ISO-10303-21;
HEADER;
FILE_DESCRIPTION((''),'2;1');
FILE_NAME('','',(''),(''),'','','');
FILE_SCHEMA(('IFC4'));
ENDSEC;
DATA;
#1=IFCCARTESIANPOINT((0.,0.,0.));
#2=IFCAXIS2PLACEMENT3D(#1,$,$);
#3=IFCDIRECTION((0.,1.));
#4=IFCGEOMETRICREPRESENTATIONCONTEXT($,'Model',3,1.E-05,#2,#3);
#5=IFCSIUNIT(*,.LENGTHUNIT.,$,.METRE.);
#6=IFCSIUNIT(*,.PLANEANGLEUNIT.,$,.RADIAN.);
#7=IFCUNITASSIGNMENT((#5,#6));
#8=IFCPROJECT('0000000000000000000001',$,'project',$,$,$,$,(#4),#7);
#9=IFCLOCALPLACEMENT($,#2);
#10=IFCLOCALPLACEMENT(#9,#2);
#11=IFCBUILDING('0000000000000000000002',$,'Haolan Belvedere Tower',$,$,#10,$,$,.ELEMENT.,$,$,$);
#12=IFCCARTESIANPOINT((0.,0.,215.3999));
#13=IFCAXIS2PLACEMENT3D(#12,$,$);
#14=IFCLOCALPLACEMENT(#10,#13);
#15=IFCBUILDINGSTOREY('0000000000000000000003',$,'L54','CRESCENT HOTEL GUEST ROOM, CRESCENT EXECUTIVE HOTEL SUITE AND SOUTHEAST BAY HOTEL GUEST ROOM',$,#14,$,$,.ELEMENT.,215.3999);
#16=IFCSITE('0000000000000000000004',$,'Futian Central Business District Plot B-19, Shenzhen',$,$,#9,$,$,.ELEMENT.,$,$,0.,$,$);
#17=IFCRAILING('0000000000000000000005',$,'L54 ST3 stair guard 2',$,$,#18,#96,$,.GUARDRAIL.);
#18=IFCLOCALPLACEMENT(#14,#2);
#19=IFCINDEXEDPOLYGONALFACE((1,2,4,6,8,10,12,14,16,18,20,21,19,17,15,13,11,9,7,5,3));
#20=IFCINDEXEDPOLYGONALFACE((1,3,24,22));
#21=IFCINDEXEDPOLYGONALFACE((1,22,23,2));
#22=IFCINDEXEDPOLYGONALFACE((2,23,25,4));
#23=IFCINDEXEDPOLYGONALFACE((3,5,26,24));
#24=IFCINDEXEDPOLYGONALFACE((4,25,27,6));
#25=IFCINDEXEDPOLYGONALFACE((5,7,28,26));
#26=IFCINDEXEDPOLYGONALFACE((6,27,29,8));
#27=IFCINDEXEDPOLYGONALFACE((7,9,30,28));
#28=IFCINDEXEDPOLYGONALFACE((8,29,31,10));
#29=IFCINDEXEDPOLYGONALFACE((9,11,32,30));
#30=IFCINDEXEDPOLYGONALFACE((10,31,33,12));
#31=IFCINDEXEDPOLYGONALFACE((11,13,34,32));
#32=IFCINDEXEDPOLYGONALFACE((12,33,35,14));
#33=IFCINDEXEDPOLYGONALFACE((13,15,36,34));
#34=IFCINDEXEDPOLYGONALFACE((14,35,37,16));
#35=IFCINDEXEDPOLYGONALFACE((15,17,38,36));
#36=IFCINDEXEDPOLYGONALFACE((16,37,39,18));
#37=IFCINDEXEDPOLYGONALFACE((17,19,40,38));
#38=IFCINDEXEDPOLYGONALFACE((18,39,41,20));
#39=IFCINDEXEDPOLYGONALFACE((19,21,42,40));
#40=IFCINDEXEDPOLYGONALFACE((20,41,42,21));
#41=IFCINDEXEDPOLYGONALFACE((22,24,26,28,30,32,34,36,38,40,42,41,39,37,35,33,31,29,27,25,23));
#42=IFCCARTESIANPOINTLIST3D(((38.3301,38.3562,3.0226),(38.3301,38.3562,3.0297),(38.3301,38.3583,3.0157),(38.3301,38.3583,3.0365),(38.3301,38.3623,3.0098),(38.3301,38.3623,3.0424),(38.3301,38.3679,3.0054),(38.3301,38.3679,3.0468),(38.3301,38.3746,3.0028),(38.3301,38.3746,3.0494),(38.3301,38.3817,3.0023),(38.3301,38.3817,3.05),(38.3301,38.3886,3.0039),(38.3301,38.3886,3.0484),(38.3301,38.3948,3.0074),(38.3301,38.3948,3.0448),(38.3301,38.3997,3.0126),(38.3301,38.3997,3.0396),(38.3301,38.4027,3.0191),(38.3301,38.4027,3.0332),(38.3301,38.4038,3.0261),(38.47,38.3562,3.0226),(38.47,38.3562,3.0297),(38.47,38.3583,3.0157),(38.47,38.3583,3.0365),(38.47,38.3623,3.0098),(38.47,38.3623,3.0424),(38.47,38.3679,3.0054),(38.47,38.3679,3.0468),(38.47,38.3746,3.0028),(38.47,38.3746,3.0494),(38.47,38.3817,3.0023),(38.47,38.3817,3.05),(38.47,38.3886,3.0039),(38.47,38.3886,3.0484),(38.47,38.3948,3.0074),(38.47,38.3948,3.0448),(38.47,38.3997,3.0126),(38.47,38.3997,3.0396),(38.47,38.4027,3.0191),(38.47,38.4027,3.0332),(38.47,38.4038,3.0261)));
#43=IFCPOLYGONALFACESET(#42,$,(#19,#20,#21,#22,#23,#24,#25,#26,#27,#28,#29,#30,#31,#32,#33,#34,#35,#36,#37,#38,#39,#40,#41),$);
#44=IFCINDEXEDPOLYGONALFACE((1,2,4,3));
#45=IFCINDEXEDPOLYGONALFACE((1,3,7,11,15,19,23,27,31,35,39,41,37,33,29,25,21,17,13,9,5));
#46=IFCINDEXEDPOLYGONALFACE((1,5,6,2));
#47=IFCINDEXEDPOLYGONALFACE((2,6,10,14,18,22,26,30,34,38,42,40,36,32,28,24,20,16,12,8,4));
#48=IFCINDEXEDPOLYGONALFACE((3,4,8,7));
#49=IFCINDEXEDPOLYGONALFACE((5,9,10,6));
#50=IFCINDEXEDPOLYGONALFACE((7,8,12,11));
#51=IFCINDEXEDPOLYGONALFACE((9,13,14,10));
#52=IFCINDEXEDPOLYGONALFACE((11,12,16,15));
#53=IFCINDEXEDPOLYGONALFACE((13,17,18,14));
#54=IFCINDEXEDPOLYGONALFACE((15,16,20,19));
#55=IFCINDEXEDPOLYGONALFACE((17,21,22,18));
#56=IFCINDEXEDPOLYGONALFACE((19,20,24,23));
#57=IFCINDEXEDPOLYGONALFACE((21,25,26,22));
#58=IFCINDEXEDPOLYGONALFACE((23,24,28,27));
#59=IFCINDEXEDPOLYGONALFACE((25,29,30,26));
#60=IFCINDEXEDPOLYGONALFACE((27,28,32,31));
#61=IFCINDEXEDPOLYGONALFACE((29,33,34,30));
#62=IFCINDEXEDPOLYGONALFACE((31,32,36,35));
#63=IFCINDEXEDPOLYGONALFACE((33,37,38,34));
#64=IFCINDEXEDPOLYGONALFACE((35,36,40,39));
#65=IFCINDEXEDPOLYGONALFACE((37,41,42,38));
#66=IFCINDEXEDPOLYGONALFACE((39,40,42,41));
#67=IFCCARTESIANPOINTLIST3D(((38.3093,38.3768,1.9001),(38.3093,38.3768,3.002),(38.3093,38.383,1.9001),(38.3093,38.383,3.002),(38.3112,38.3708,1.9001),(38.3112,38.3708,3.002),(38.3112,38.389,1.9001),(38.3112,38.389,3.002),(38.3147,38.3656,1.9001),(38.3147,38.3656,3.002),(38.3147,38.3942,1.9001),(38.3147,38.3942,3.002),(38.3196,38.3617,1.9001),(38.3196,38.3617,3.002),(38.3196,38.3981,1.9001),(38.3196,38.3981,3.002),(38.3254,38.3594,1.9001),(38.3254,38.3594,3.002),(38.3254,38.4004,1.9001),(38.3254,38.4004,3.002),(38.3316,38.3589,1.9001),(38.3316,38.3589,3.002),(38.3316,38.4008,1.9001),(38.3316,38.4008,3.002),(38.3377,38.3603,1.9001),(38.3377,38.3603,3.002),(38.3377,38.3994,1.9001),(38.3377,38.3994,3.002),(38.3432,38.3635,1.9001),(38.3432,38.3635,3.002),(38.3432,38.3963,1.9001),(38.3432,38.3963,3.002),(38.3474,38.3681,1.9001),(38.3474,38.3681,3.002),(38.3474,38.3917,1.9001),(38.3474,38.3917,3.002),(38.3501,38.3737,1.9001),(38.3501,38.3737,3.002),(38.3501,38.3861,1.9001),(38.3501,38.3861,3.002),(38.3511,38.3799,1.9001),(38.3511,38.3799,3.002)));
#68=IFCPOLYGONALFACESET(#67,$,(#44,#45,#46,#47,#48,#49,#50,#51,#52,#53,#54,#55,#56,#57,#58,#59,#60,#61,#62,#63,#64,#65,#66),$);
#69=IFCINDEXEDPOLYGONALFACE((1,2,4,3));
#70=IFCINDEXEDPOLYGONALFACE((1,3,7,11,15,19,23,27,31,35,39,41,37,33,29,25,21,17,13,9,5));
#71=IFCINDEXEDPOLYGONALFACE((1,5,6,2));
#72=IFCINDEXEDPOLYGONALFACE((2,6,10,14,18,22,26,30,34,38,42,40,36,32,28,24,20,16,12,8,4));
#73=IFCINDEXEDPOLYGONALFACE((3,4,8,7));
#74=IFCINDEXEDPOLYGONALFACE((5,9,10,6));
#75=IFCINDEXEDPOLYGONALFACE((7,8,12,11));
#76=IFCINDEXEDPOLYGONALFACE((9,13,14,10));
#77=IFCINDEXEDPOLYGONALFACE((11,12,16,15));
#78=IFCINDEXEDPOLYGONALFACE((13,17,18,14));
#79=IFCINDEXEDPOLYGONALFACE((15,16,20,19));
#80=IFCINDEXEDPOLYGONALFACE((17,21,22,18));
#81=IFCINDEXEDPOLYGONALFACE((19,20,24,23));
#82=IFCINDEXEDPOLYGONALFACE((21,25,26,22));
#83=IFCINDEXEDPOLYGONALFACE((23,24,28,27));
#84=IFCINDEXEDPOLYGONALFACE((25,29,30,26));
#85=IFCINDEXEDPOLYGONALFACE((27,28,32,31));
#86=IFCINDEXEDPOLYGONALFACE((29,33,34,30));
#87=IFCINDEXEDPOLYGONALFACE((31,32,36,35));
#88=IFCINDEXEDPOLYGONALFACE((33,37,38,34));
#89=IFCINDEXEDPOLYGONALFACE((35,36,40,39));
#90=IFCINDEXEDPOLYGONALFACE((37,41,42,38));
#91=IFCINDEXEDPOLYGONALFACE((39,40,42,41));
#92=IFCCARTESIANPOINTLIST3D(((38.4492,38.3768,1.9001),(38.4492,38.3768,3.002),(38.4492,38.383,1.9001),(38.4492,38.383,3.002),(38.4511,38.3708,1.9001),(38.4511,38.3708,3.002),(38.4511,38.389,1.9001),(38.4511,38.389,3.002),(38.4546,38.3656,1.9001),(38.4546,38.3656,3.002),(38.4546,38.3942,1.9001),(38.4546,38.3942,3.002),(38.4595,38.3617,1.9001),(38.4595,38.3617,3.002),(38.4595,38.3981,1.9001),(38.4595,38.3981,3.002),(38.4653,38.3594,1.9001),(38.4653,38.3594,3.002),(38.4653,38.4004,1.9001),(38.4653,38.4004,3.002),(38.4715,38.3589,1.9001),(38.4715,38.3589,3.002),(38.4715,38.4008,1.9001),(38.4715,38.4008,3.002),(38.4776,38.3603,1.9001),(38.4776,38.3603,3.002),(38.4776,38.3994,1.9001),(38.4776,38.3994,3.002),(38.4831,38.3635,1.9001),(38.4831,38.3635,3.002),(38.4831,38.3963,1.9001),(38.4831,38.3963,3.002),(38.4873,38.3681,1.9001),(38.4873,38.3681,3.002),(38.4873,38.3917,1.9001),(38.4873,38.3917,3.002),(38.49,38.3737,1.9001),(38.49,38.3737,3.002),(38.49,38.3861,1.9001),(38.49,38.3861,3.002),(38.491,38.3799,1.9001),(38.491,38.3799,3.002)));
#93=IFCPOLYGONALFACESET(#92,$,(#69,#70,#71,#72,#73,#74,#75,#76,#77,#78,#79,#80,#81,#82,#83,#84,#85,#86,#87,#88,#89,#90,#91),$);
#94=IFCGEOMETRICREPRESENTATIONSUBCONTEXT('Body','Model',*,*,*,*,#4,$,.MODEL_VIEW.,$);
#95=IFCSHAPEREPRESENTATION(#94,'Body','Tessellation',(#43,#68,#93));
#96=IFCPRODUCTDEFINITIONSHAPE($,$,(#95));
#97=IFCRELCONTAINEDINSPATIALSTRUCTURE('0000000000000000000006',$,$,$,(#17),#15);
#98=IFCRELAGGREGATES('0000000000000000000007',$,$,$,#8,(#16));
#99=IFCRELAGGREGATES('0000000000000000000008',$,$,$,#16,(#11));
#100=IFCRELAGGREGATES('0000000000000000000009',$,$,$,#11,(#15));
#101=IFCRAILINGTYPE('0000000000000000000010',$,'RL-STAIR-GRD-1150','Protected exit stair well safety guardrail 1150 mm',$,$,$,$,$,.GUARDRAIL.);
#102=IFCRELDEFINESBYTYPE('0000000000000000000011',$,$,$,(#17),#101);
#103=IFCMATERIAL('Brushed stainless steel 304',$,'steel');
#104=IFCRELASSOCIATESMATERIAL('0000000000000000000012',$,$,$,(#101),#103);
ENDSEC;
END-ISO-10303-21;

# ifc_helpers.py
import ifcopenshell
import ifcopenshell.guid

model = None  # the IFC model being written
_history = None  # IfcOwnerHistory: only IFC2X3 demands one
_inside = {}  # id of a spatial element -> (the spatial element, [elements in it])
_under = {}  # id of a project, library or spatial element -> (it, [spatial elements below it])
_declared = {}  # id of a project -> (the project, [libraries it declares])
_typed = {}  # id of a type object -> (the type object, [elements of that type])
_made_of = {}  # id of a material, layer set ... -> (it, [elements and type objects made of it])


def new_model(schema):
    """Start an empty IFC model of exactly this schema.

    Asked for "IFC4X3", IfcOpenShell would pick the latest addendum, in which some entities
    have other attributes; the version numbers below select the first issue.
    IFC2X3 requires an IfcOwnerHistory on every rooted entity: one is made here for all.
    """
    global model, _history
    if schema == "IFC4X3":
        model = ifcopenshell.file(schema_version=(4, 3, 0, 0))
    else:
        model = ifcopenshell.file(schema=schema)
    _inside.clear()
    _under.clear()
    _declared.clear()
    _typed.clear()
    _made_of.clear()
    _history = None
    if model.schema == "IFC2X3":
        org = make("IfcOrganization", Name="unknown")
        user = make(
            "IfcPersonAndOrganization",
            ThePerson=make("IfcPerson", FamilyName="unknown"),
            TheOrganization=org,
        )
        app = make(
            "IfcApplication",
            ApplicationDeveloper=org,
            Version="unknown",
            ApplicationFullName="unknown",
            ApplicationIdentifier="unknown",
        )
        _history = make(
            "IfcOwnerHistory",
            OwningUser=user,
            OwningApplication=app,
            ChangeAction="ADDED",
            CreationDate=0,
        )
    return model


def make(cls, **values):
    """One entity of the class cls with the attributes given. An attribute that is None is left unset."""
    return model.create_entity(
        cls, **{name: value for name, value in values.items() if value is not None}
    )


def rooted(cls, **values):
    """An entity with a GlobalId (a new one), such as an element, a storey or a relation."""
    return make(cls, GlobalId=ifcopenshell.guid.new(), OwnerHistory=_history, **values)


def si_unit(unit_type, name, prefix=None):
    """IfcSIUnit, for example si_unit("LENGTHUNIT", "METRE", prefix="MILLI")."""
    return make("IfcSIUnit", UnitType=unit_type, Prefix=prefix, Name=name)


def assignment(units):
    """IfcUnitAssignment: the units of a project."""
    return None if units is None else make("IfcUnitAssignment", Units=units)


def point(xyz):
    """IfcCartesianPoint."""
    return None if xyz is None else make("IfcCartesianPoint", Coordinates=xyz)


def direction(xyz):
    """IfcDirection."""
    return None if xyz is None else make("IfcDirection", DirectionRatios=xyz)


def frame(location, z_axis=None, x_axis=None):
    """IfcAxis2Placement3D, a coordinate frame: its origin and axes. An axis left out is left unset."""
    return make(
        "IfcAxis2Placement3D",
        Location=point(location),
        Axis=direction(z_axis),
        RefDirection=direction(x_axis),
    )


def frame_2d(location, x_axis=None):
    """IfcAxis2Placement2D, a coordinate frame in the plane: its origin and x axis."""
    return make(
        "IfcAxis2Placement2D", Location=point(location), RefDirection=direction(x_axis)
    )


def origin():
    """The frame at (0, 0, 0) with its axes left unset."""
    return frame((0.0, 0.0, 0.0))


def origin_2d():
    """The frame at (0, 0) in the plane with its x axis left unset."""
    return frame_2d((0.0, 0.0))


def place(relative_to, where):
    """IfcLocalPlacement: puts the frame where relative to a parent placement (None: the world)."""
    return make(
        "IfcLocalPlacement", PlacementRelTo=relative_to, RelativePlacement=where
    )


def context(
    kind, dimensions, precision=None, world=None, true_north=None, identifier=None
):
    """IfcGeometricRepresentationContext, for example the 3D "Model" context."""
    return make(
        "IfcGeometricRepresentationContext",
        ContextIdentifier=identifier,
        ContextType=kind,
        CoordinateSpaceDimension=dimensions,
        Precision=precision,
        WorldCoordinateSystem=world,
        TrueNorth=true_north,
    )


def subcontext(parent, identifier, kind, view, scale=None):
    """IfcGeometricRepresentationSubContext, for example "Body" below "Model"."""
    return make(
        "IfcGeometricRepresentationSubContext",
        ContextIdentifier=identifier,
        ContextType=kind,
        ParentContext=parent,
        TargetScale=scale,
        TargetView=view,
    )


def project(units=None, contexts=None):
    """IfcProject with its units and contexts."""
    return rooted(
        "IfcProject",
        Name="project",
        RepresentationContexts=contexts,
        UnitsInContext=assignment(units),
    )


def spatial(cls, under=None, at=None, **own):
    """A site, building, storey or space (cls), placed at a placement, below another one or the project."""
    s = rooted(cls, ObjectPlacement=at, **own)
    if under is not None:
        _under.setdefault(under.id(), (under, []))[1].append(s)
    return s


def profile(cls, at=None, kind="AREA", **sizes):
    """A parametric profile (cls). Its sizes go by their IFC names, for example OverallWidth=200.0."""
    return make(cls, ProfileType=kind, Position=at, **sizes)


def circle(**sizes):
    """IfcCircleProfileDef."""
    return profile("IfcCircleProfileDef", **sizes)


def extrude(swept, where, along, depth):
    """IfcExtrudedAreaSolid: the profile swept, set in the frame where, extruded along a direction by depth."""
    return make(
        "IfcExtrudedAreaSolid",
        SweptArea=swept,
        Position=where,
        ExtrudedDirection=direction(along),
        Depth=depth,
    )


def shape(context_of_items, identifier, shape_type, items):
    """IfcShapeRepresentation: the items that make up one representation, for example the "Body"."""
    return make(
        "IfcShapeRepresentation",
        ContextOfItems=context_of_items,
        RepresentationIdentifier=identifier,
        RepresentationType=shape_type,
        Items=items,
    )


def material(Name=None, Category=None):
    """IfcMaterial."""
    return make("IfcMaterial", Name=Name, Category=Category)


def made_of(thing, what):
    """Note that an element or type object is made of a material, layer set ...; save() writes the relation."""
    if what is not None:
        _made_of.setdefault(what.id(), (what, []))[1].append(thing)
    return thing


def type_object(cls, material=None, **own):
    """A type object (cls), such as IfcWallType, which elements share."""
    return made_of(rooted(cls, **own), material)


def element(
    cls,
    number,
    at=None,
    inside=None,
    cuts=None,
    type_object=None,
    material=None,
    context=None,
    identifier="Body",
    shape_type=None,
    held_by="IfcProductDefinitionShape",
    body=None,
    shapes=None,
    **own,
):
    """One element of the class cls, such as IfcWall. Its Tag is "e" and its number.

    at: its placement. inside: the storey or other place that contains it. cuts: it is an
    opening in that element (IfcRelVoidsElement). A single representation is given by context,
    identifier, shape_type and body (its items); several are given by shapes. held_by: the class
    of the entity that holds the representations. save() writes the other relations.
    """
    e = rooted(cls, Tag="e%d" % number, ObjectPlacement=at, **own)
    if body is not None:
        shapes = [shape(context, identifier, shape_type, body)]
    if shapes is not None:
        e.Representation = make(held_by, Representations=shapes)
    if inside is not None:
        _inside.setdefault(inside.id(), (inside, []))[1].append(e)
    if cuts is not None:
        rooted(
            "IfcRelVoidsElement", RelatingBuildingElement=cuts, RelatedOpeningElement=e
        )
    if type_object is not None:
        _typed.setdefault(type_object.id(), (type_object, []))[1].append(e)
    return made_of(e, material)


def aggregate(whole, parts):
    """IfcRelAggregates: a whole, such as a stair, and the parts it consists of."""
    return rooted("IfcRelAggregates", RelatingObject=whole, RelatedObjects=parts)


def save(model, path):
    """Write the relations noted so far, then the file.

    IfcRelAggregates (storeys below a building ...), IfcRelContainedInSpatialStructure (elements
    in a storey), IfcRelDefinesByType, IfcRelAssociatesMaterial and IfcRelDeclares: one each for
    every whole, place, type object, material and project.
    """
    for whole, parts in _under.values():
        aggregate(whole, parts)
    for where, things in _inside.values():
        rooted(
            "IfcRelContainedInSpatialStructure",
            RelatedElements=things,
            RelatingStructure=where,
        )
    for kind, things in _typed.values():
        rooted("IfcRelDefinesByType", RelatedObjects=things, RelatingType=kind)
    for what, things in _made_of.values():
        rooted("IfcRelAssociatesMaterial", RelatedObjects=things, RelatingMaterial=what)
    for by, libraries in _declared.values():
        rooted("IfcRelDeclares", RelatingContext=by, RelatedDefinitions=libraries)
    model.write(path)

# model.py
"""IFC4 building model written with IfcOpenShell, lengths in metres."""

from ifc_helpers import new_model, si_unit, direction, frame, origin, origin_2d, place, context, subcontext, project, spatial, circle, extrude, material, type_object, element, save


model = new_model("IFC4")

# Units and contexts
model_context = context("Model", 3, precision=1e-05, world=origin(), true_north=direction((0.0, 1.0)))
body_context = subcontext(model_context, "Body", "Model", "MODEL_VIEW")
ifc_project = project(units=[si_unit("LENGTHUNIT", "METRE"), si_unit("PLANEANGLEUNIT", "RADIAN")], contexts=[model_context])

# Site, building, storey
site_placement = place(None, origin())
site = spatial("IfcSite", under=ifc_project, at=site_placement, Name="Futian Central Business District Plot B-19, Shenzhen", CompositionType="ELEMENT", RefElevation=0.0)
building_placement = place(site_placement, origin())
building = spatial("IfcBuilding", under=site, at=building_placement, Name="Haolan Belvedere Tower", CompositionType="ELEMENT")
storey_placement = place(building_placement, frame((0.0, 0.0, 215.3999)))
storey = spatial("IfcBuildingStorey", under=building, at=storey_placement, Name="L54", Description="CRESCENT HOTEL GUEST ROOM, CRESCENT EXECUTIVE HOTEL SUITE AND SOUTHEAST BAY HOTEL GUEST ROOM", CompositionType="ELEMENT", Elevation=215.3999)

# Railing
ifc_material_1 = material(Name="Brushed stainless steel 304", Category="steel")
railing_type_1 = type_object("IfcRailingType", Name="RL-STAIR-GRD-1150", Description="Protected exit stair well safety guardrail 1150 mm", PredefinedType="GUARDRAIL", material=ifc_material_1)
railing_1_placement = place(storey_placement, frame((38.3301, 38.3799, 1.9001)))
element("IfcRailing", 1, at=railing_1_placement, inside=storey, type_object=railing_type_1, Name="L54 ST3 stair guard 2", PredefinedType="GUARDRAIL", context=body_context, shape_type="SweptSolid", body=[
    extrude(circle(Radius=0.0239, at=origin_2d()), frame((0.0, 0.0, 1.126), z_axis=(1.0, 0.0, 0.0), x_axis=(0.0, 1.0, 0.0)), (0.0, 0.0, 1.0), 0.1399),
    extrude(circle(Radius=0.021, at=origin_2d()), origin(), (0.0, 0.0, 1.0), 1.1018),
    extrude(circle(Radius=0.021, at=origin_2d()), frame((0.1399, 0.0, 0.0)), (0.0, 0.0, 1.0), 1.1018),
])

save(model, "model.ifc")
